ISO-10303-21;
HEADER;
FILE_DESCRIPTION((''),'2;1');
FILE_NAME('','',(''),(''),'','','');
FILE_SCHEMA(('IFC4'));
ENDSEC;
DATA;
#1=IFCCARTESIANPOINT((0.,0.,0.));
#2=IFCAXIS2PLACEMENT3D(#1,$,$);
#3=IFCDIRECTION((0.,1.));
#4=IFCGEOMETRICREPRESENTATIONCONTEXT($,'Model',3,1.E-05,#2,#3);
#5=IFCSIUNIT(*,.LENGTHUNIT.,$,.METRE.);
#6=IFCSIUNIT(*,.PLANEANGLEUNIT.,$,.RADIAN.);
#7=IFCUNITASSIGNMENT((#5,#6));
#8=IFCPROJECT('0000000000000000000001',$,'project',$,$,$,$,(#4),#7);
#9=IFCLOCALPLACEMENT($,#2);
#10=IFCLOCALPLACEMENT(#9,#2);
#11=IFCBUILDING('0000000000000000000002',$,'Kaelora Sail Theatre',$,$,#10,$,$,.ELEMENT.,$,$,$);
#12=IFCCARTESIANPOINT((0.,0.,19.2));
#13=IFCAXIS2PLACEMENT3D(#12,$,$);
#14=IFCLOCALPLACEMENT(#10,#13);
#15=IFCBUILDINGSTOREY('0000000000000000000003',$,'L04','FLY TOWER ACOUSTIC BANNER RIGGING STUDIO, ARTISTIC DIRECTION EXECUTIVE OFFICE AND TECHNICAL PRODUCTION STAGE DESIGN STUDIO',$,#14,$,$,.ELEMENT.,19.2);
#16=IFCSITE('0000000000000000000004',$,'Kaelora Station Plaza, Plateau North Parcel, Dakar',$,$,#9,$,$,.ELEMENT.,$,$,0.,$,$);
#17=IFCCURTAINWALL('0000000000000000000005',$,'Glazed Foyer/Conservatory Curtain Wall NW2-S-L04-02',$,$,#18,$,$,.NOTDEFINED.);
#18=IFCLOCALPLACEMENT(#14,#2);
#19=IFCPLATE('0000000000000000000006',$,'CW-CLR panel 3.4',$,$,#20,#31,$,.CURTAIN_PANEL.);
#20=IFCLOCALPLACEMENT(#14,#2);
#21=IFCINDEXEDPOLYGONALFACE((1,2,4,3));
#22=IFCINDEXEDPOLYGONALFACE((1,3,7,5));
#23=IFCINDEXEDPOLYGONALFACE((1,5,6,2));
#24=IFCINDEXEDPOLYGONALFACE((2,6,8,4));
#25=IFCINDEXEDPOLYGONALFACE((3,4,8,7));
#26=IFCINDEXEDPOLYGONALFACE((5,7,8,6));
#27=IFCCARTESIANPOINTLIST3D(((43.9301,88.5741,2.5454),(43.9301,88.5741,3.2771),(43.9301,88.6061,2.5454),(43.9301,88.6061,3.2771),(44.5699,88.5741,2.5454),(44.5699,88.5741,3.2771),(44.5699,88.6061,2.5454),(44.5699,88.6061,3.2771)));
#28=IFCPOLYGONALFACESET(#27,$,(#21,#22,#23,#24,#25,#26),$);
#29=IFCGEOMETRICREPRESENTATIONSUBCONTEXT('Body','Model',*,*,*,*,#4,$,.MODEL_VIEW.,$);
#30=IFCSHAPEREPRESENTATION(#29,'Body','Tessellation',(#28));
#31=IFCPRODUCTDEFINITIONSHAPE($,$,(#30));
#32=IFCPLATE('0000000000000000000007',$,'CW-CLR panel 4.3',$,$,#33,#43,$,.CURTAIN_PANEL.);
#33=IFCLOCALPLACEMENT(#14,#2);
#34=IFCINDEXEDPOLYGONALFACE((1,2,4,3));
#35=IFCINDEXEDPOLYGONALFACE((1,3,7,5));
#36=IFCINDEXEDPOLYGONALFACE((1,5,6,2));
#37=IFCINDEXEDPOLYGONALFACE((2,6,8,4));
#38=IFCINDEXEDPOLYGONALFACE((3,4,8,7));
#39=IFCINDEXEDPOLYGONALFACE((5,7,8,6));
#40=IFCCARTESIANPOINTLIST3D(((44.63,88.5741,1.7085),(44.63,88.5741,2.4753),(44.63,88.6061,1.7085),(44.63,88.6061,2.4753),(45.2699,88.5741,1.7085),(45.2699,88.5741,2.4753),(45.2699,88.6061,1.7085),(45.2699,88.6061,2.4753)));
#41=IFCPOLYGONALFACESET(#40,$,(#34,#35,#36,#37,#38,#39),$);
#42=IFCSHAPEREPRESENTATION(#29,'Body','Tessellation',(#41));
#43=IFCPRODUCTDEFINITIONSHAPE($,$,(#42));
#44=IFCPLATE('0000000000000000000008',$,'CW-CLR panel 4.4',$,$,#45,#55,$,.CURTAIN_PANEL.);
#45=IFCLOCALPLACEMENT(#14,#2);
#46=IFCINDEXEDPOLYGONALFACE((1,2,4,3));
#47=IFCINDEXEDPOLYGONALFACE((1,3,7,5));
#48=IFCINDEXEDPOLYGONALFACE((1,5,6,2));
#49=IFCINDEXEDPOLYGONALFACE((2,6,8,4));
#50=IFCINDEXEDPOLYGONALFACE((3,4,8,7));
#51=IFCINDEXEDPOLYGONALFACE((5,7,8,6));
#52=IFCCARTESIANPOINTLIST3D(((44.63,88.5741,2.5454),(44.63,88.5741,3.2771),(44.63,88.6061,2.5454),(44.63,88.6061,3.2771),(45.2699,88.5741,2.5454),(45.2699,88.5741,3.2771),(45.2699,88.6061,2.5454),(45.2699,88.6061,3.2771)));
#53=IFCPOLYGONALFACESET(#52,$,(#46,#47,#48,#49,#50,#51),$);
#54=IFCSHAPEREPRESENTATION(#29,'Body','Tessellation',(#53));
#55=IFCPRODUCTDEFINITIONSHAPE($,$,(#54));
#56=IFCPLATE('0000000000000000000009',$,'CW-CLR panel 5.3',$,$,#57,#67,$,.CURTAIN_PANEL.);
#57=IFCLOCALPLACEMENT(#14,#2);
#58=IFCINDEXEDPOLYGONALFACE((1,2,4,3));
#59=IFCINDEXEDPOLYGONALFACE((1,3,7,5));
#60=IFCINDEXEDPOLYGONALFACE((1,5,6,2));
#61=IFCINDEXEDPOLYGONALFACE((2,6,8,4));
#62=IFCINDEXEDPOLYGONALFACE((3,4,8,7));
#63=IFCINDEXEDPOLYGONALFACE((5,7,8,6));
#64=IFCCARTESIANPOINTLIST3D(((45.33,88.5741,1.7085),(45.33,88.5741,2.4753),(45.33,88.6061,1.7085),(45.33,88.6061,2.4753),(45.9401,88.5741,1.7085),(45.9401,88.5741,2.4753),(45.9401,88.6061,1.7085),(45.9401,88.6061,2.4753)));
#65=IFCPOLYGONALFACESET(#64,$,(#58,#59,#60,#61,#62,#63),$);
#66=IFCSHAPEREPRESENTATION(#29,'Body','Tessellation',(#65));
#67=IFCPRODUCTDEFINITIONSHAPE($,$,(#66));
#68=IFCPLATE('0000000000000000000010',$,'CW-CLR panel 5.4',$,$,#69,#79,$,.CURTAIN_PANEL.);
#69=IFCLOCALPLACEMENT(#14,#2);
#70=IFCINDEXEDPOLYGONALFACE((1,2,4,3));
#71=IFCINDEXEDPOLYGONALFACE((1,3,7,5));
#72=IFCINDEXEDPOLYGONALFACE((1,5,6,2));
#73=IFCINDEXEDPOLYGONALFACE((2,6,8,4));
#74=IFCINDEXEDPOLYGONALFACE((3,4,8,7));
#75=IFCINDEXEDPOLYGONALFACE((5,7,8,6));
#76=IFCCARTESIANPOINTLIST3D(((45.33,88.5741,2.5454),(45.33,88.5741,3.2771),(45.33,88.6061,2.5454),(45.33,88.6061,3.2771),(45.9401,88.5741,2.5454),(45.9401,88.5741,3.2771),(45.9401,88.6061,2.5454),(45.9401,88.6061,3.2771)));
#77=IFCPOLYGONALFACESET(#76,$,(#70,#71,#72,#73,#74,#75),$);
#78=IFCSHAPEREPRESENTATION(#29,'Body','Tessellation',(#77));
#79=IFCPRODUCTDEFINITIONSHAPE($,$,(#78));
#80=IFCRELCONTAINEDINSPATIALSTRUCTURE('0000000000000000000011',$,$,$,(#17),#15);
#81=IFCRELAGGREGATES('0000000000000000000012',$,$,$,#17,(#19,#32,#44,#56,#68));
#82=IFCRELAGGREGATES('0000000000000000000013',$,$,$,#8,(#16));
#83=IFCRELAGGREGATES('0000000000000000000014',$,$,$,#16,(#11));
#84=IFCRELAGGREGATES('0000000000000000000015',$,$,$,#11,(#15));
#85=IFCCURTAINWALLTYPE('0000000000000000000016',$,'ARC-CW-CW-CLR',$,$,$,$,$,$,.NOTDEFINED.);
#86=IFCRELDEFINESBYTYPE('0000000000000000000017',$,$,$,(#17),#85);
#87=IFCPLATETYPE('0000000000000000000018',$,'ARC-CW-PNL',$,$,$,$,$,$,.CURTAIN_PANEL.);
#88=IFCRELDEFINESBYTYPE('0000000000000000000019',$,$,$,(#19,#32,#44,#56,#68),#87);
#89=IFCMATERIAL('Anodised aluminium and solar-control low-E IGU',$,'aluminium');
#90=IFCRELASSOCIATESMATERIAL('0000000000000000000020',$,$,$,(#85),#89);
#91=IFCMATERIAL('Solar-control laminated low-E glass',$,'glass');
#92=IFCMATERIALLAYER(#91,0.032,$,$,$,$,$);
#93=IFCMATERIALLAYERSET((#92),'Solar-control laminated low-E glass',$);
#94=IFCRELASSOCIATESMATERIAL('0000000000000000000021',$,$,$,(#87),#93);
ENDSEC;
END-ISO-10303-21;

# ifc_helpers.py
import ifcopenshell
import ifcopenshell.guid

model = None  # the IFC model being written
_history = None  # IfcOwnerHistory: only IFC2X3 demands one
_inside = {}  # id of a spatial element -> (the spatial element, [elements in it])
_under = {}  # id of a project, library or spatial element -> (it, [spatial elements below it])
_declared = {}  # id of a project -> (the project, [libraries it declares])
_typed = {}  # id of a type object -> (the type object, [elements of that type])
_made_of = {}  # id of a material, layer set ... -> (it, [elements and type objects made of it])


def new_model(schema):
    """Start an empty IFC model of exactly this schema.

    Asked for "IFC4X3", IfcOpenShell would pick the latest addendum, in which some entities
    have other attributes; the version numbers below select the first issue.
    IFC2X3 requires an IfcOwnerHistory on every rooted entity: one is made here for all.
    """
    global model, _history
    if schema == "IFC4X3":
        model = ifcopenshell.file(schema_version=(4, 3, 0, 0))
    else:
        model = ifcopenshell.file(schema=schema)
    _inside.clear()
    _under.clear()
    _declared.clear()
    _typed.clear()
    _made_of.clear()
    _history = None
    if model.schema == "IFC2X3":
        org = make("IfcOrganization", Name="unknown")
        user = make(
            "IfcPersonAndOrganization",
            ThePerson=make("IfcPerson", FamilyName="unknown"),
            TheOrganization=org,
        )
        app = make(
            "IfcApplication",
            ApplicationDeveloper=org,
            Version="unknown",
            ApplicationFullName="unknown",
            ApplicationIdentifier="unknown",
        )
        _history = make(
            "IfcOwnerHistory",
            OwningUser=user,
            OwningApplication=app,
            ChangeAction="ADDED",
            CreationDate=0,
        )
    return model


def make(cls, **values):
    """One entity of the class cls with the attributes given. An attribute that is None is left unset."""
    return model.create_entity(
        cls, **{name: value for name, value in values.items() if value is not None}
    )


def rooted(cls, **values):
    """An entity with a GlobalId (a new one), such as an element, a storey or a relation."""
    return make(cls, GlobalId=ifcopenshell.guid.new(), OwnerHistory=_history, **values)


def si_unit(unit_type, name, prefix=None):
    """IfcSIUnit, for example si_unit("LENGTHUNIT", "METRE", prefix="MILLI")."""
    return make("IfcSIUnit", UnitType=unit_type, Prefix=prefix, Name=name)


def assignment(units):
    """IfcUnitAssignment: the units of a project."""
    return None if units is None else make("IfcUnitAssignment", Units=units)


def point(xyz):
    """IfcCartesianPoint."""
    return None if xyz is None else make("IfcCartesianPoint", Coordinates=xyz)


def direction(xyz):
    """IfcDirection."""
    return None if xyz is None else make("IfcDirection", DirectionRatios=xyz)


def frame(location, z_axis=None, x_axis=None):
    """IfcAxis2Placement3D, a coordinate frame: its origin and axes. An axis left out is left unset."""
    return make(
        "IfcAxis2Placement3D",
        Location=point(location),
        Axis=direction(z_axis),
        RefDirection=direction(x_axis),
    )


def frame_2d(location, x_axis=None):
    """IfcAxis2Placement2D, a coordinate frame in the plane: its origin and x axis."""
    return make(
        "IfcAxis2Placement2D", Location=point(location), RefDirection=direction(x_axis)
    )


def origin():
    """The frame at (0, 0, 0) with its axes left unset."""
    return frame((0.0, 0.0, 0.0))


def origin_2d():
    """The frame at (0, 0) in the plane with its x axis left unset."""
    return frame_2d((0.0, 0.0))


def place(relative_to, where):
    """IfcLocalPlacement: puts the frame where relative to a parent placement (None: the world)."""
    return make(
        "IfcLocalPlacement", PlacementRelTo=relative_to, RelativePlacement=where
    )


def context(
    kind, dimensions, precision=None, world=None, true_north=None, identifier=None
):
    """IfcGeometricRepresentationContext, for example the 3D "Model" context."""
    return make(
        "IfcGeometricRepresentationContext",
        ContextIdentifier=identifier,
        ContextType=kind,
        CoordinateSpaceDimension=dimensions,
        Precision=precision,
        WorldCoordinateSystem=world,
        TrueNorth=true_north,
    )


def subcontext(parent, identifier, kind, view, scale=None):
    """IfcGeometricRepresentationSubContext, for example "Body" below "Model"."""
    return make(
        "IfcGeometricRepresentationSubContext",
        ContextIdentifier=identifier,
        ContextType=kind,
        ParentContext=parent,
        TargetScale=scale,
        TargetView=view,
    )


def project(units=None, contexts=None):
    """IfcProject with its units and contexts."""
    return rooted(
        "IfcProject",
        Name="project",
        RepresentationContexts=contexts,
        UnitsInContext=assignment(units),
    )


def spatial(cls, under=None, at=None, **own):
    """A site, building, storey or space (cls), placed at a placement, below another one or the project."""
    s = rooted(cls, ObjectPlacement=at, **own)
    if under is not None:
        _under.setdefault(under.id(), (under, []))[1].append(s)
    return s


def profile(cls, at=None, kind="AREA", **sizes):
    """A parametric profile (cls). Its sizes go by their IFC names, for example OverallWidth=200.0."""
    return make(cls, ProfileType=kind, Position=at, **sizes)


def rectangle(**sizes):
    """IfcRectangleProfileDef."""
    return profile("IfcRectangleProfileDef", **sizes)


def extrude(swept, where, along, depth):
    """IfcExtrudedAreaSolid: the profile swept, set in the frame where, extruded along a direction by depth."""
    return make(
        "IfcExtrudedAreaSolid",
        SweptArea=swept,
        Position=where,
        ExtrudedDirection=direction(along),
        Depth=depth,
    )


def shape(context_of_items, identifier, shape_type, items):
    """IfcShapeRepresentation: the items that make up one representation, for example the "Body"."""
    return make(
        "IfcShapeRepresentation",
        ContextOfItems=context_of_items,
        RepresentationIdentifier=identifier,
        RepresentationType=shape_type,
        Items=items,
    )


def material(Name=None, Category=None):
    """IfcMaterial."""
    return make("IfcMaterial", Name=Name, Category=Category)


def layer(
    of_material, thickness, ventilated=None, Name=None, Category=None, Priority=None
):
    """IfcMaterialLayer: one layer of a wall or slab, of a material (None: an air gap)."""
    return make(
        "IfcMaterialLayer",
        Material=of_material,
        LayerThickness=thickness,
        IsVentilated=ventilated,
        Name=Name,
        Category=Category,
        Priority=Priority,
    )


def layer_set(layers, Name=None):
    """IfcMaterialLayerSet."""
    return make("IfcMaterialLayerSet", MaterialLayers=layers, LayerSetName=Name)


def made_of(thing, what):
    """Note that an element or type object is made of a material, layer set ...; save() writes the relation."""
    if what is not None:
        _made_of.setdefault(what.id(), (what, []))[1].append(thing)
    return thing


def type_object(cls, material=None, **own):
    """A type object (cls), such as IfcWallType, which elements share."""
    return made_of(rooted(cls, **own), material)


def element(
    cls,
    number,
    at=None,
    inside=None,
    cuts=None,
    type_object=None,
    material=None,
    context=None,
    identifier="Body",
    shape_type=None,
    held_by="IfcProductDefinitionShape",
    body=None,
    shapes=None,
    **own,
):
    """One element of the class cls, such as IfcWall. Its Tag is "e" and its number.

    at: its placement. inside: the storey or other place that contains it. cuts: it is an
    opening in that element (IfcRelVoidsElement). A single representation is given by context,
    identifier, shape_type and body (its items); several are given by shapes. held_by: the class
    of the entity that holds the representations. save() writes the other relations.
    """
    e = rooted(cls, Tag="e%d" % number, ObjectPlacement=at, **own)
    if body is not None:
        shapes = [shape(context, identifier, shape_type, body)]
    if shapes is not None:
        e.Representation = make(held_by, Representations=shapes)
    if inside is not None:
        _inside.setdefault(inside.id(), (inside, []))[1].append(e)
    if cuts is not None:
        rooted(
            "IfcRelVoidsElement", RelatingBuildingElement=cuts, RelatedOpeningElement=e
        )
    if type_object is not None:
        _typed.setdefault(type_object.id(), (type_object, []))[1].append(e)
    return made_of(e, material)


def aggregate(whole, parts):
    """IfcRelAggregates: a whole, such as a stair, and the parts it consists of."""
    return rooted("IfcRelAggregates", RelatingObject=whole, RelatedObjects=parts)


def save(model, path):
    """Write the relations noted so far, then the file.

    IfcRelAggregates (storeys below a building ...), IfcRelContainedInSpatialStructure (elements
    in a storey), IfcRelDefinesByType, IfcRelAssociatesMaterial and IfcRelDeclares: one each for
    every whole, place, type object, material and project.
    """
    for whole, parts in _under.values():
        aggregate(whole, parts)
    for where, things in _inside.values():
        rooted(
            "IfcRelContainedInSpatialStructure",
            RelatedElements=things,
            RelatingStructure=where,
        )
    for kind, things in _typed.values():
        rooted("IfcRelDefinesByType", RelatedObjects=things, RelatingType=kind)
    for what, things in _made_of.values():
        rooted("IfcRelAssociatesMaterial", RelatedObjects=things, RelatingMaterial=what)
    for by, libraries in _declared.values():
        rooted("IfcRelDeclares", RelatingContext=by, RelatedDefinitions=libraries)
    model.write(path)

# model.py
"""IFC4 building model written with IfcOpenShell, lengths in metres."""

from ifc_helpers import new_model, si_unit, direction, frame, origin, origin_2d, place, context, subcontext, project, spatial, rectangle, extrude, material, layer, layer_set, type_object, element, aggregate, save


model = new_model("IFC4")

# Units and contexts
model_context = context("Model", 3, precision=1e-05, world=origin(), true_north=direction((0.0, 1.0)))
body_context = subcontext(model_context, "Body", "Model", "MODEL_VIEW")
ifc_project = project(units=[si_unit("LENGTHUNIT", "METRE"), si_unit("PLANEANGLEUNIT", "RADIAN")], contexts=[model_context])

# Site, building, storey
site_placement = place(None, origin())
site = spatial("IfcSite", under=ifc_project, at=site_placement, Name="Kaelora Station Plaza, Plateau North Parcel, Dakar", CompositionType="ELEMENT", RefElevation=0.0)
building_placement = place(site_placement, origin())
building = spatial("IfcBuilding", under=site, at=building_placement, Name="Kaelora Sail Theatre", CompositionType="ELEMENT")
storey_placement = place(building_placement, frame((0.0, 0.0, 19.2)))
storey = spatial("IfcBuildingStorey", under=building, at=storey_placement, Name="L04", Description="FLY TOWER ACOUSTIC BANNER RIGGING STUDIO, ARTISTIC DIRECTION EXECUTIVE OFFICE AND TECHNICAL PRODUCTION STAGE DESIGN STUDIO", CompositionType="ELEMENT", Elevation=19.2)

# Curtain wall, plates
ifc_material_1 = material(Name="Anodised aluminium and solar-control low-E IGU", Category="aluminium")
curtain_wall_type = type_object("IfcCurtainWallType", Name="ARC-CW-CW-CLR", PredefinedType="NOTDEFINED", material=ifc_material_1)
curtain_wall_placement = place(storey_placement, origin())
curtain_wall = element("IfcCurtainWall", 1, at=curtain_wall_placement, inside=storey, type_object=curtain_wall_type, Name="Glazed Foyer/Conservatory Curtain Wall NW2-S-L04-02", PredefinedType="NOTDEFINED")
ifc_material_2 = material(Name="Solar-control laminated low-E glass", Category="glass")
ifc_layer = layer(ifc_material_2, 0.032)
ifc_layer_set = layer_set([ifc_layer], Name="Solar-control laminated low-E glass")
plate_type = type_object("IfcPlateType", Name="ARC-CW-PNL", PredefinedType="CURTAIN_PANEL", material=ifc_layer_set)
plate_1_placement = place(storey_placement, frame((44.25, 88.5901, 2.5454), z_axis=(0.0, 0.0, 1.0), x_axis=(1.0, 0.0, 0.0)))
plate_1 = element("IfcPlate", 2, at=plate_1_placement, type_object=plate_type, Name="CW-CLR panel 3.4", PredefinedType="CURTAIN_PANEL", context=body_context, shape_type="SweptSolid", body=[
    extrude(rectangle(XDim=0.6399, YDim=0.032, at=origin_2d()), origin(), (0.0, 0.0, 1.0), 0.7317),
])
plate_2_placement = place(storey_placement, frame((44.95, 88.5901, 1.7085), z_axis=(0.0, 0.0, 1.0), x_axis=(1.0, 0.0, 0.0)))
plate_2 = element("IfcPlate", 3, at=plate_2_placement, type_object=plate_type, Name="CW-CLR panel 4.3", PredefinedType="CURTAIN_PANEL", context=body_context, shape_type="SweptSolid", body=[
    extrude(rectangle(XDim=0.6399, YDim=0.032, at=origin_2d()), origin(), (0.0, 0.0, 1.0), 0.7668),
])
plate_3_placement = place(storey_placement, frame((44.95, 88.5901, 2.5454), z_axis=(0.0, 0.0, 1.0), x_axis=(1.0, 0.0, 0.0)))
plate_3 = element("IfcPlate", 4, at=plate_3_placement, type_object=plate_type, Name="CW-CLR panel 4.4", PredefinedType="CURTAIN_PANEL", context=body_context, shape_type="SweptSolid", body=[
    extrude(rectangle(XDim=0.6399, YDim=0.032, at=origin_2d()), origin(), (0.0, 0.0, 1.0), 0.7317),
])
plate_4_placement = place(storey_placement, frame((45.635, 88.5901, 1.7085), z_axis=(0.0, 0.0, 1.0), x_axis=(1.0, 0.0, 0.0)))
plate_4 = element("IfcPlate", 5, at=plate_4_placement, type_object=plate_type, Name="CW-CLR panel 5.3", PredefinedType="CURTAIN_PANEL", context=body_context, shape_type="SweptSolid", body=[
    extrude(rectangle(XDim=0.6101, YDim=0.032, at=origin_2d()), origin(), (0.0, 0.0, 1.0), 0.7668),
])
plate_5_placement = place(storey_placement, frame((45.635, 88.5901, 2.5454), z_axis=(0.0, 0.0, 1.0), x_axis=(1.0, 0.0, 0.0)))
plate_5 = element("IfcPlate", 6, at=plate_5_placement, type_object=plate_type, Name="CW-CLR panel 5.4", PredefinedType="CURTAIN_PANEL", context=body_context, shape_type="SweptSolid", body=[
    extrude(rectangle(XDim=0.6101, YDim=0.032, at=origin_2d()), origin(), (0.0, 0.0, 1.0), 0.7317),
])
aggregate(curtain_wall, [plate_1, plate_2, plate_3, plate_4, plate_5])

save(model, "model.ifc")
